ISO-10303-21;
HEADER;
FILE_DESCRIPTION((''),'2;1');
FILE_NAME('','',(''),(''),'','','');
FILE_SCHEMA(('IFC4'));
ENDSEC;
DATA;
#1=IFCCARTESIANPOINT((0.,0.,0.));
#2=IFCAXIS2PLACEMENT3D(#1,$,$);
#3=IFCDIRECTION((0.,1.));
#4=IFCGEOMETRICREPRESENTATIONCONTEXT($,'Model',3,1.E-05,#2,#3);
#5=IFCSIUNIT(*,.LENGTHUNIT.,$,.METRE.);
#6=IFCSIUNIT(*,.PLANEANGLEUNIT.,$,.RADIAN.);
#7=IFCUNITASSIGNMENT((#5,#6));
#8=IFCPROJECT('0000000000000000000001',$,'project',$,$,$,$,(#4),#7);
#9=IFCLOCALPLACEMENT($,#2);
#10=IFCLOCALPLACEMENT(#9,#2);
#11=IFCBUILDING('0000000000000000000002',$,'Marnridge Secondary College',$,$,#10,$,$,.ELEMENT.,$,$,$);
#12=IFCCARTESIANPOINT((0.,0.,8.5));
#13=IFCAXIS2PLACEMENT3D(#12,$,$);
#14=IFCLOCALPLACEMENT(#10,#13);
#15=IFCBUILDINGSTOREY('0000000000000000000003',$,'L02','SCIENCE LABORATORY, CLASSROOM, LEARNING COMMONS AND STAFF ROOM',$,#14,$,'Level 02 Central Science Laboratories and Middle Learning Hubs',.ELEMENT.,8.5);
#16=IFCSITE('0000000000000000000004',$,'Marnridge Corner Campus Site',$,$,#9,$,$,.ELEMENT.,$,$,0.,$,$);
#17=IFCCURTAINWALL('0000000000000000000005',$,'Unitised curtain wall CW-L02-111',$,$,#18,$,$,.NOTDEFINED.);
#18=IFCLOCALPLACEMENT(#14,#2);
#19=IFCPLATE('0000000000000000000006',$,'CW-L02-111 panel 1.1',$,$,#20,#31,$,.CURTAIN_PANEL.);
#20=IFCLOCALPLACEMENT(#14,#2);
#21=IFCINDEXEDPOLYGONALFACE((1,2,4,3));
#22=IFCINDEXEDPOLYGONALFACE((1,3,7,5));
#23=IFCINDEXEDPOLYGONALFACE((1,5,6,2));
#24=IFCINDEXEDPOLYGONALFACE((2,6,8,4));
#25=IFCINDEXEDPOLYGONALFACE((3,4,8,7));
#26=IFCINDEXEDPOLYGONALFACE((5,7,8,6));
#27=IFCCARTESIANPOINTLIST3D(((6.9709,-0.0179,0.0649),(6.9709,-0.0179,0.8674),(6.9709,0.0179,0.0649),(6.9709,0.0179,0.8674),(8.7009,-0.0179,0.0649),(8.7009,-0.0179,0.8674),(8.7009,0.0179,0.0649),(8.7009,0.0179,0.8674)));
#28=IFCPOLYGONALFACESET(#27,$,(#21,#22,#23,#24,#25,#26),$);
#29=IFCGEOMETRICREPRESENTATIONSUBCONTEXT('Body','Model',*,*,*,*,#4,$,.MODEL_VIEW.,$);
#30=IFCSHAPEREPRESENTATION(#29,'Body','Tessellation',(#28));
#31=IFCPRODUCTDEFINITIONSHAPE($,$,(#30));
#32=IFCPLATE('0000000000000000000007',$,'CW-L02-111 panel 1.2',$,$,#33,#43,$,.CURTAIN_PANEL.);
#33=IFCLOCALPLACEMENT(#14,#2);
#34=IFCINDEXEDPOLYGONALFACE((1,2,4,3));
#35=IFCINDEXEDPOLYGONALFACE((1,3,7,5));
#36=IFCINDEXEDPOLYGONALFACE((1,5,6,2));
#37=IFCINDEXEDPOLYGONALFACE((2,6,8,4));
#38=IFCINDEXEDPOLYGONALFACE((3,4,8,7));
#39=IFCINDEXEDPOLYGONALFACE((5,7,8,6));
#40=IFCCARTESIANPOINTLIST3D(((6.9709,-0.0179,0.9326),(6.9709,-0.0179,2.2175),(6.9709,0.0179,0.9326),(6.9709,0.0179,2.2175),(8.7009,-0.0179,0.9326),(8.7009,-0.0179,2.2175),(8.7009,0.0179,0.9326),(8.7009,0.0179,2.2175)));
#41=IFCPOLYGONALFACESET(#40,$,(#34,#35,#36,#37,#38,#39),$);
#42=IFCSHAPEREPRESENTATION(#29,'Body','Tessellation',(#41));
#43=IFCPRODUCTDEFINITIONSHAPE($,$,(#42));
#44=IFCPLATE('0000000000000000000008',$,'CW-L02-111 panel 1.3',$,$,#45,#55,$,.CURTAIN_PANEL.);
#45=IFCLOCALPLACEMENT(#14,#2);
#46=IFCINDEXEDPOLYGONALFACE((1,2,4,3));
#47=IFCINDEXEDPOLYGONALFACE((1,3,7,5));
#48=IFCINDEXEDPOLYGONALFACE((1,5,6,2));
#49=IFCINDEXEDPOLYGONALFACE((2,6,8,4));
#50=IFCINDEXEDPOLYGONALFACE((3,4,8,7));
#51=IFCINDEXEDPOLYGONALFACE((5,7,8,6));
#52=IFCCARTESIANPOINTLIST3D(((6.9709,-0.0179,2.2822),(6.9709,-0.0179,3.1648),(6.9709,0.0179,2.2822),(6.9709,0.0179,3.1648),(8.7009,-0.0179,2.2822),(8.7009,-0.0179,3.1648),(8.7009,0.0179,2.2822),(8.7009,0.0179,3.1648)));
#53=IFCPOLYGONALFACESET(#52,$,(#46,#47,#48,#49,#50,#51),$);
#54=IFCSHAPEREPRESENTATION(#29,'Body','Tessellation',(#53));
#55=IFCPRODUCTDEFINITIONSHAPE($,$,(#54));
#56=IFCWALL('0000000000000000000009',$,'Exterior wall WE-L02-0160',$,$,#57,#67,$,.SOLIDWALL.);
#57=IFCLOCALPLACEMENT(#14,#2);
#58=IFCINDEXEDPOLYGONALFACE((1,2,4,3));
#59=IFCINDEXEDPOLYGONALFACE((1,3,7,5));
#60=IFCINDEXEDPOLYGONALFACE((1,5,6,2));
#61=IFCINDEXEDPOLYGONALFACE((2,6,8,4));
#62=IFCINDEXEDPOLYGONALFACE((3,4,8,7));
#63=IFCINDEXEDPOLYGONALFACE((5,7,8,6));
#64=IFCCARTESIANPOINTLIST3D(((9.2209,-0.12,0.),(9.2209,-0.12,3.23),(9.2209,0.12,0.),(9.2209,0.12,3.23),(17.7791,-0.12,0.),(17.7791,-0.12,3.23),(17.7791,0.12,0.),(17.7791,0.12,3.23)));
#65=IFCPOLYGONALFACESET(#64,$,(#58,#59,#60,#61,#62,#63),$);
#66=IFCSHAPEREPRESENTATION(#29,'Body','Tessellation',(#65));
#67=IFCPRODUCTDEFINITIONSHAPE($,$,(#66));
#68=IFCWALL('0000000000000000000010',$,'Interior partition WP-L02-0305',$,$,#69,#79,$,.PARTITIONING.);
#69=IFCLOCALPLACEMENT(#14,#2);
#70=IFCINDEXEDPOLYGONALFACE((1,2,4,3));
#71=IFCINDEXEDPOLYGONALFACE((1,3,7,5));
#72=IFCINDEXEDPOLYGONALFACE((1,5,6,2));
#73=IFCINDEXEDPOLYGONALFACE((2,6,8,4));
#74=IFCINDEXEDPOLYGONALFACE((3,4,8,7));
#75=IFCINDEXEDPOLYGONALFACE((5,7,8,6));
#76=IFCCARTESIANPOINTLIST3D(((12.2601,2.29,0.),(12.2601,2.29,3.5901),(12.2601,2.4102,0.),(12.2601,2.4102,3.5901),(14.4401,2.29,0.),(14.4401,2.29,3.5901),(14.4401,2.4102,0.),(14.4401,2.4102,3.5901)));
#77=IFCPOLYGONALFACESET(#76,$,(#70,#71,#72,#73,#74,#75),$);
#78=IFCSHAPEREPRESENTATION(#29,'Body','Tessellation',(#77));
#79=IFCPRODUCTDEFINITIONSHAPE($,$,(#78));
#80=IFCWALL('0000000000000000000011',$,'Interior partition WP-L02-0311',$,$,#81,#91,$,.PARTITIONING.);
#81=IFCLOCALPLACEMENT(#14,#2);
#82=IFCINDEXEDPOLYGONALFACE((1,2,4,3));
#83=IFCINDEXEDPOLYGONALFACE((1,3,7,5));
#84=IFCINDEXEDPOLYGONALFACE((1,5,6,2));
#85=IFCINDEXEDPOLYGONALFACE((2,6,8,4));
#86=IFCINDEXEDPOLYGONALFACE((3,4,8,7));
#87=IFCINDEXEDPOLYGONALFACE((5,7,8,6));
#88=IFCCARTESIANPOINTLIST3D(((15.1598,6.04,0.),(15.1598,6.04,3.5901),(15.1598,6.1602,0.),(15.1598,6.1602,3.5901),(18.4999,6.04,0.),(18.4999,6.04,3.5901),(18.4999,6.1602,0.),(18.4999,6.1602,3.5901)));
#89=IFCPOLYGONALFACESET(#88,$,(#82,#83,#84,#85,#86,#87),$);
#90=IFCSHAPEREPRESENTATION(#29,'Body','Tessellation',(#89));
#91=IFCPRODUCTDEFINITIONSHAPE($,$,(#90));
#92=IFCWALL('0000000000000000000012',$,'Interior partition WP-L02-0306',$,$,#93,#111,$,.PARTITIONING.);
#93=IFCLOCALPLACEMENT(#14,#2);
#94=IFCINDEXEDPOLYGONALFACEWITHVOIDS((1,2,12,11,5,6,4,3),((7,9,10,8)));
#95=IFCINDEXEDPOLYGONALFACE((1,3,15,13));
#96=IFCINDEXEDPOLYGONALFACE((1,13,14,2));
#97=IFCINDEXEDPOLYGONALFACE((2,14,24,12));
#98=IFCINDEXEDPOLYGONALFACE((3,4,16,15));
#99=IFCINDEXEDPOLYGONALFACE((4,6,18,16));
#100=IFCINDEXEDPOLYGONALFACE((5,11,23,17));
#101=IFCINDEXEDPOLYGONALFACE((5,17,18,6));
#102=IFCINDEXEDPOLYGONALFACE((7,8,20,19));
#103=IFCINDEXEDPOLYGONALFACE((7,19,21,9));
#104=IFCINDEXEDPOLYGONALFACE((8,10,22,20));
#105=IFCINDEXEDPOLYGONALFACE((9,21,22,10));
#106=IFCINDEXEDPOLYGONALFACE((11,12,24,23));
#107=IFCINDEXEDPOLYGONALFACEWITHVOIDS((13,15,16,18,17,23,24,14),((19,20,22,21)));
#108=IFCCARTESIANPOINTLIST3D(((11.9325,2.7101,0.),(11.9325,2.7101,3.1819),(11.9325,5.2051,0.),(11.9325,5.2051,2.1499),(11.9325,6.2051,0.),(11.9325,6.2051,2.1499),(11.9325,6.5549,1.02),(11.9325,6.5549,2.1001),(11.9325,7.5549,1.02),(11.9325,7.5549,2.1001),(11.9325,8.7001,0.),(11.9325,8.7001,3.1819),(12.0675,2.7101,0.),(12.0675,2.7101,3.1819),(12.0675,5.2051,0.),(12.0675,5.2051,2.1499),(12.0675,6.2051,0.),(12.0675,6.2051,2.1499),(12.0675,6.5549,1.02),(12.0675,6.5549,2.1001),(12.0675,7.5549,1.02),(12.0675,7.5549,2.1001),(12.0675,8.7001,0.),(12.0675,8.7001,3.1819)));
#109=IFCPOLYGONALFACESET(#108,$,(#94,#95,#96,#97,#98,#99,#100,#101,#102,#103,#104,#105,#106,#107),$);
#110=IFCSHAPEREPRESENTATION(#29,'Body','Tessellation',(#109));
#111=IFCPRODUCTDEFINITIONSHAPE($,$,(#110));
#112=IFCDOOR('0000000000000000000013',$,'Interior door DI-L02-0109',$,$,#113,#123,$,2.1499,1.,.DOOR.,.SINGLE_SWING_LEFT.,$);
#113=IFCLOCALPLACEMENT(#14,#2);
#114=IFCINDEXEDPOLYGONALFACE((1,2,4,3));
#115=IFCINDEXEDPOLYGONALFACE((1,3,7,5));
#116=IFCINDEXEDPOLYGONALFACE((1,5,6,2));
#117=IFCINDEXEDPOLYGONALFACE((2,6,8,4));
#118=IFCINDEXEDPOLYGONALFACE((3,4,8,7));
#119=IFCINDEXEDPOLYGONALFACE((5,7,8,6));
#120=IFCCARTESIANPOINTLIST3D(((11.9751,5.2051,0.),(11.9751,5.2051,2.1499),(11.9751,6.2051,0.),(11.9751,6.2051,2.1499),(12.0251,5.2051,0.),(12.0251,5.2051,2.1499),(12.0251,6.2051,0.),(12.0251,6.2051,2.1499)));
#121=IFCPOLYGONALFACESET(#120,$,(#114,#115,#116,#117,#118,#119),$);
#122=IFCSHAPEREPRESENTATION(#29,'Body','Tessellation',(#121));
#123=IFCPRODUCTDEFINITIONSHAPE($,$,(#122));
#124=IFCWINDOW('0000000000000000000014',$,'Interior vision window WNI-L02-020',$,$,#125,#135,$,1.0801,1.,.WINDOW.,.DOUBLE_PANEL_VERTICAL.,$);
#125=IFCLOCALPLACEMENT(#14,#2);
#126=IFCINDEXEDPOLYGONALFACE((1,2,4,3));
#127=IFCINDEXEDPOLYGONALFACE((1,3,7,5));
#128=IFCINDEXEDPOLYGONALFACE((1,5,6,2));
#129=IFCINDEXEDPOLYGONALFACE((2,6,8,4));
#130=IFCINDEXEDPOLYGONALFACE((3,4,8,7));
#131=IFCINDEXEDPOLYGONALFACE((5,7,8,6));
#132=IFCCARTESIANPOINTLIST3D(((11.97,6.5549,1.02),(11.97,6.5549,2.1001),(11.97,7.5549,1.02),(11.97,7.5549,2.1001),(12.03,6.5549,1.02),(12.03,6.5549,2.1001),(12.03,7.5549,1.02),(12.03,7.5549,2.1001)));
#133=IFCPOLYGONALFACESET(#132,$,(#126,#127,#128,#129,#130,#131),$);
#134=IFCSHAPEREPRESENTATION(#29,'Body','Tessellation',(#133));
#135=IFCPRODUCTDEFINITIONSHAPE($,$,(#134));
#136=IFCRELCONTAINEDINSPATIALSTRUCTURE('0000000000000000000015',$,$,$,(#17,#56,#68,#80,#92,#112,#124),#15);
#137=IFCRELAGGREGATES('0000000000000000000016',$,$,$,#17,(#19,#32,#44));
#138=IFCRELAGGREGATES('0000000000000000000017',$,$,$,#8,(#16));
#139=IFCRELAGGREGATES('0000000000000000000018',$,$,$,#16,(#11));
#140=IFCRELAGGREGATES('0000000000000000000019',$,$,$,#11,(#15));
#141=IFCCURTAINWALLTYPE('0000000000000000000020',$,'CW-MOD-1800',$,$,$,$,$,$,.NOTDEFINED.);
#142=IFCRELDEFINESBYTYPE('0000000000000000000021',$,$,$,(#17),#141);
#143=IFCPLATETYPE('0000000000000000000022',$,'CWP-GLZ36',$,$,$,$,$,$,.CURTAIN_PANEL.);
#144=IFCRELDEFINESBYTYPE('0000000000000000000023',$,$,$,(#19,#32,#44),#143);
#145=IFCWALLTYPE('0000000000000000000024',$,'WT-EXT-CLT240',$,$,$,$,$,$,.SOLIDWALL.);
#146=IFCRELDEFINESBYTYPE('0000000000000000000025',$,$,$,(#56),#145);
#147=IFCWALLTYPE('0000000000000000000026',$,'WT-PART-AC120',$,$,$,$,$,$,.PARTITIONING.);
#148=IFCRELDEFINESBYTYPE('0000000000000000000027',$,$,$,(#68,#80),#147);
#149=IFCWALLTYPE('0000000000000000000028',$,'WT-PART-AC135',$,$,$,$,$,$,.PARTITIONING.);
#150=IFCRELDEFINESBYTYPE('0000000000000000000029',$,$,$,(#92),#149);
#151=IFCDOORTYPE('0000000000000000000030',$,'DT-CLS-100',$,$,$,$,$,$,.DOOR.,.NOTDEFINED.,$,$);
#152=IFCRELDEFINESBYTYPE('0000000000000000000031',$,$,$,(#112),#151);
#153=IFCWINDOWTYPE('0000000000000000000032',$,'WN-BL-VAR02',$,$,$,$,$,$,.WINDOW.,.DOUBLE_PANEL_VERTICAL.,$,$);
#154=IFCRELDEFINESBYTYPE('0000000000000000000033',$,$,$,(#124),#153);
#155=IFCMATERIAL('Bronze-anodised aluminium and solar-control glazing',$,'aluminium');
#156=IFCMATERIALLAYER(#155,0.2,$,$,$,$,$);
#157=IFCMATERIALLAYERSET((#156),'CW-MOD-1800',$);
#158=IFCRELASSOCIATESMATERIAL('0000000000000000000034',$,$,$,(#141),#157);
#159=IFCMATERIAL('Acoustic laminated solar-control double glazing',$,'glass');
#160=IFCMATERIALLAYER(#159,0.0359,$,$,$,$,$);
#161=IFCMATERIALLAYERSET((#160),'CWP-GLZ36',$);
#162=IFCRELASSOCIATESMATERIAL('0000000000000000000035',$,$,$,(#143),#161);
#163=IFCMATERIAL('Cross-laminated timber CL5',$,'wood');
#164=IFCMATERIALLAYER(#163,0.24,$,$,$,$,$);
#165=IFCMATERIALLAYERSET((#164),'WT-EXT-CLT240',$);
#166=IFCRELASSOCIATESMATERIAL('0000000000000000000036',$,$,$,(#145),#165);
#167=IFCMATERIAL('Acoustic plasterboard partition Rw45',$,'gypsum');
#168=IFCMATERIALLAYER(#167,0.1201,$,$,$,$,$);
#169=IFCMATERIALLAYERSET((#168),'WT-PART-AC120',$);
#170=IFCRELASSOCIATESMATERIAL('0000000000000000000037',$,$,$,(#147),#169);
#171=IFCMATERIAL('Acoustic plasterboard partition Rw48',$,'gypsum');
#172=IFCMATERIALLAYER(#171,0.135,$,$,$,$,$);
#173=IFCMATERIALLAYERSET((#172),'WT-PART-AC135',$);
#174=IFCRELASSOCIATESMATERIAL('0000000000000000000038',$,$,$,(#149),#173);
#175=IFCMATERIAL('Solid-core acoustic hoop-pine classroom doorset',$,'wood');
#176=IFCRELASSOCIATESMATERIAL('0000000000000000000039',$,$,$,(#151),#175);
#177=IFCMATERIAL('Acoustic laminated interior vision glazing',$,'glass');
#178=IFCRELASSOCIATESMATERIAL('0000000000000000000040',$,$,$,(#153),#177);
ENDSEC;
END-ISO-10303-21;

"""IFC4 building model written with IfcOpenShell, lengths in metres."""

from ifc_helpers import new_model, si_unit, direction, frame, frame_2d, origin, origin_2d, place, context, subcontext, project, spatial, rectangle, extrude, material, layer, layer_set, type_object, element, fill, aggregate, save


model = new_model("IFC4")

# Units and contexts
model_context = context("Model", 3, precision=1e-05, world=origin(), true_north=direction((0.0, 1.0)))
body_context = subcontext(model_context, "Body", "Model", "MODEL_VIEW")
ifc_project = project(units=[si_unit("LENGTHUNIT", "METRE"), si_unit("PLANEANGLEUNIT", "RADIAN")], contexts=[model_context])

# Site, building, storey
site_placement = place(None, origin())
site = spatial("IfcSite", under=ifc_project, at=site_placement, Name="Marnridge Corner Campus Site", CompositionType="ELEMENT", RefElevation=0.0)
building_placement = place(site_placement, origin())
building = spatial("IfcBuilding", under=site, at=building_placement, Name="Marnridge Secondary College", CompositionType="ELEMENT")
storey_placement = place(building_placement, frame((0.0, 0.0, 8.5)))
storey = spatial("IfcBuildingStorey", under=building, at=storey_placement, Name="L02", Description="SCIENCE LABORATORY, CLASSROOM, LEARNING COMMONS AND STAFF ROOM", LongName="Level 02 Central Science Laboratories and Middle Learning Hubs", CompositionType="ELEMENT", Elevation=8.5)

# Curtain wall, plates
ifc_material_1 = material(Name="Bronze-anodised aluminium and solar-control glazing", Category="aluminium")
ifc_layer_1 = layer(ifc_material_1, 0.2)
ifc_layer_set_1 = layer_set([ifc_layer_1], Name="CW-MOD-1800")
curtain_wall_type = type_object("IfcCurtainWallType", Name="CW-MOD-1800", PredefinedType="NOTDEFINED", material=ifc_layer_set_1)
curtain_wall_placement = place(storey_placement, origin())
curtain_wall = element("IfcCurtainWall", 1, at=curtain_wall_placement, inside=storey, type_object=curtain_wall_type, Name="Unitised curtain wall CW-L02-111", PredefinedType="NOTDEFINED")
ifc_material_2 = material(Name="Acoustic laminated solar-control double glazing", Category="glass")
ifc_layer_2 = layer(ifc_material_2, 0.0359)
ifc_layer_set_2 = layer_set([ifc_layer_2], Name="CWP-GLZ36")
plate_type = type_object("IfcPlateType", Name="CWP-GLZ36", PredefinedType="CURTAIN_PANEL", material=ifc_layer_set_2)
plate_1_placement = place(storey_placement, frame((7.8359, 0.0, 0.0649), z_axis=(0.0, 0.0, 1.0), x_axis=(-1.0, 0.0, 0.0)))
plate_1 = element("IfcPlate", 2, at=plate_1_placement, type_object=plate_type, Name="CW-L02-111 panel 1.1", PredefinedType="CURTAIN_PANEL", context=body_context, shape_type="SweptSolid", body=[
    extrude(rectangle(XDim=1.73, YDim=0.0359, at=origin_2d()), origin(), (0.0, 0.0, 1.0), 0.8025),
])
plate_2_placement = place(storey_placement, frame((7.8359, 0.0, 0.9326), z_axis=(0.0, 0.0, 1.0), x_axis=(-1.0, 0.0, 0.0)))
plate_2 = element("IfcPlate", 3, at=plate_2_placement, type_object=plate_type, Name="CW-L02-111 panel 1.2", PredefinedType="CURTAIN_PANEL", context=body_context, shape_type="SweptSolid", body=[
    extrude(rectangle(XDim=1.73, YDim=0.0359, at=origin_2d()), origin(), (0.0, 0.0, 1.0), 1.2849),
])
plate_3_placement = place(storey_placement, frame((7.8359, 0.0, 2.2822), z_axis=(0.0, 0.0, 1.0), x_axis=(-1.0, 0.0, 0.0)))
plate_3 = element("IfcPlate", 4, at=plate_3_placement, type_object=plate_type, Name="CW-L02-111 panel 1.3", PredefinedType="CURTAIN_PANEL", context=body_context, shape_type="SweptSolid", body=[
    extrude(rectangle(XDim=1.73, YDim=0.0359, at=origin_2d()), origin(), (0.0, 0.0, 1.0), 0.8826),
])
aggregate(curtain_wall, [plate_1, plate_2, plate_3])

# Walls
ifc_material_3 = material(Name="Cross-laminated timber CL5", Category="wood")
ifc_layer_3 = layer(ifc_material_3, 0.24)
ifc_layer_set_3 = layer_set([ifc_layer_3], Name="WT-EXT-CLT240")
wall_type_1 = type_object("IfcWallType", Name="WT-EXT-CLT240", PredefinedType="SOLIDWALL", material=ifc_layer_set_3)
wall_1_placement = place(storey_placement, frame((17.7791, 0.0, 0.0), z_axis=(0.0, 0.0, 1.0), x_axis=(-1.0, 0.0, 0.0)))
element("IfcWall", 5, at=wall_1_placement, inside=storey, type_object=wall_type_1, Name="Exterior wall WE-L02-0160", PredefinedType="SOLIDWALL", context=body_context, shape_type="SweptSolid", body=[
    extrude(rectangle(XDim=8.5581, YDim=0.24, at=frame_2d((4.2791, 0.0))), origin(), (0.0, 0.0, 1.0), 3.23),
])
ifc_material_4 = material(Name="Acoustic plasterboard partition Rw45", Category="gypsum")
ifc_layer_4 = layer(ifc_material_4, 0.1201)
ifc_layer_set_4 = layer_set([ifc_layer_4], Name="WT-PART-AC120")
wall_type_2 = type_object("IfcWallType", Name="WT-PART-AC120", PredefinedType="PARTITIONING", material=ifc_layer_set_4)
wall_2_placement = place(storey_placement, frame((14.4399, 2.3501, 0.0), z_axis=(0.0, 0.0, 1.0), x_axis=(-1.0, 0.0, 0.0)))
element("IfcWall", 6, at=wall_2_placement, inside=storey, type_object=wall_type_2, Name="Interior partition WP-L02-0305", PredefinedType="PARTITIONING", context=body_context, shape_type="SweptSolid", body=[
    extrude(rectangle(XDim=2.1799, YDim=0.1201, at=frame_2d((1.0898, 0.0))), origin(), (0.0, 0.0, 1.0), 3.5901),
])
wall_3_placement = place(storey_placement, frame((15.1599, 6.1001, 0.0), z_axis=(0.0, 0.0, 1.0), x_axis=(1.0, 0.0, 0.0)))
element("IfcWall", 7, at=wall_3_placement, inside=storey, type_object=wall_type_2, Name="Interior partition WP-L02-0311", PredefinedType="PARTITIONING", context=body_context, shape_type="SweptSolid", body=[
    extrude(rectangle(XDim=3.3401, YDim=0.1201, at=frame_2d((1.6699, 0.0))), origin(), (0.0, 0.0, 1.0), 3.5901),
])

# Wall, openings, door, window
ifc_material_5 = material(Name="Acoustic plasterboard partition Rw48", Category="gypsum")
ifc_layer_5 = layer(ifc_material_5, 0.135)
ifc_layer_set_5 = layer_set([ifc_layer_5], Name="WT-PART-AC135")
wall_type_3 = type_object("IfcWallType", Name="WT-PART-AC135", PredefinedType="PARTITIONING", material=ifc_layer_set_5)
wall_4_placement = place(storey_placement, frame((12.0, 2.71, 0.0), z_axis=(0.0, 0.0, 1.0), x_axis=(0.0, 1.0, 0.0)))
wall_4 = element("IfcWall", 8, at=wall_4_placement, inside=storey, type_object=wall_type_3, Name="Interior partition WP-L02-0306", PredefinedType="PARTITIONING", context=body_context, shape_type="SweptSolid", body=[
    extrude(rectangle(XDim=5.99, YDim=0.135, at=frame_2d((2.9951, 0.0))), origin(), (0.0, 0.0, 1.0), 3.1819),
])
opening_1_placement = place(wall_4_placement, frame((2.4951, 0.0, 0.0)))
opening_1 = element("IfcOpeningElement", 9, at=opening_1_placement, cuts=wall_4, PredefinedType="OPENING", context=body_context, shape_type="SweptSolid", body=[
    extrude(rectangle(XDim=1.0, YDim=2.1499, at=frame_2d((0.5, 1.075))), frame((0.0, 0.0774, 0.0), z_axis=(0.0, -1.0, 0.0), x_axis=(1.0, 0.0, 0.0)), (0.0, 0.0, 1.0), 0.155),
])
opening_2_placement = place(wall_4_placement, frame((3.845, 0.0, 1.02)))
opening_2 = element("IfcOpeningElement", 10, at=opening_2_placement, cuts=wall_4, PredefinedType="OPENING", context=body_context, shape_type="SweptSolid", body=[
    extrude(rectangle(XDim=1.0, YDim=1.0801, at=frame_2d((0.5, 0.54))), frame((0.0, 0.0774, 0.0), z_axis=(0.0, -1.0, 0.0), x_axis=(1.0, 0.0, 0.0)), (0.0, 0.0, 1.0), 0.155),
])
ifc_material_6 = material(Name="Solid-core acoustic hoop-pine classroom doorset", Category="wood")
door_type = type_object("IfcDoorType", Name="DT-CLS-100", OperationType="NOTDEFINED", PredefinedType="DOOR", material=ifc_material_6)
door_placement = place(opening_1_placement, origin())
door = element("IfcDoor", 11, at=door_placement, inside=storey, type_object=door_type, Name="Interior door DI-L02-0109", OperationType="SINGLE_SWING_LEFT", OverallHeight=2.1499, OverallWidth=1.0, PredefinedType="DOOR", context=body_context, shape_type="SweptSolid", body=[
    extrude(rectangle(XDim=1.0, YDim=2.1499, at=frame_2d((0.5, 1.075))), frame((0.0, 0.0249, 0.0), z_axis=(0.0, -1.0, 0.0), x_axis=(1.0, 0.0, 0.0)), (0.0, 0.0, 1.0), 0.05),
])
fill(opening_1, door)
ifc_material_7 = material(Name="Acoustic laminated interior vision glazing", Category="glass")
window_type = type_object("IfcWindowType", Name="WN-BL-VAR02", PartitioningType="DOUBLE_PANEL_VERTICAL", PredefinedType="WINDOW", material=ifc_material_7)
window_placement = place(opening_2_placement, origin())
window = element("IfcWindow", 12, at=window_placement, inside=storey, type_object=window_type, Name="Interior vision window WNI-L02-020", OverallHeight=1.0801, OverallWidth=1.0, PartitioningType="DOUBLE_PANEL_VERTICAL", PredefinedType="WINDOW", context=body_context, shape_type="SweptSolid", body=[
    extrude(rectangle(XDim=1.0, YDim=1.0801, at=frame_2d((0.5, 0.54))), frame((0.0, 0.03, 0.0), z_axis=(0.0, -1.0, 0.0), x_axis=(1.0, 0.0, 0.0)), (0.0, 0.0, 1.0), 0.0601),
])
fill(opening_2, window)

save(model, "model.ifc")
